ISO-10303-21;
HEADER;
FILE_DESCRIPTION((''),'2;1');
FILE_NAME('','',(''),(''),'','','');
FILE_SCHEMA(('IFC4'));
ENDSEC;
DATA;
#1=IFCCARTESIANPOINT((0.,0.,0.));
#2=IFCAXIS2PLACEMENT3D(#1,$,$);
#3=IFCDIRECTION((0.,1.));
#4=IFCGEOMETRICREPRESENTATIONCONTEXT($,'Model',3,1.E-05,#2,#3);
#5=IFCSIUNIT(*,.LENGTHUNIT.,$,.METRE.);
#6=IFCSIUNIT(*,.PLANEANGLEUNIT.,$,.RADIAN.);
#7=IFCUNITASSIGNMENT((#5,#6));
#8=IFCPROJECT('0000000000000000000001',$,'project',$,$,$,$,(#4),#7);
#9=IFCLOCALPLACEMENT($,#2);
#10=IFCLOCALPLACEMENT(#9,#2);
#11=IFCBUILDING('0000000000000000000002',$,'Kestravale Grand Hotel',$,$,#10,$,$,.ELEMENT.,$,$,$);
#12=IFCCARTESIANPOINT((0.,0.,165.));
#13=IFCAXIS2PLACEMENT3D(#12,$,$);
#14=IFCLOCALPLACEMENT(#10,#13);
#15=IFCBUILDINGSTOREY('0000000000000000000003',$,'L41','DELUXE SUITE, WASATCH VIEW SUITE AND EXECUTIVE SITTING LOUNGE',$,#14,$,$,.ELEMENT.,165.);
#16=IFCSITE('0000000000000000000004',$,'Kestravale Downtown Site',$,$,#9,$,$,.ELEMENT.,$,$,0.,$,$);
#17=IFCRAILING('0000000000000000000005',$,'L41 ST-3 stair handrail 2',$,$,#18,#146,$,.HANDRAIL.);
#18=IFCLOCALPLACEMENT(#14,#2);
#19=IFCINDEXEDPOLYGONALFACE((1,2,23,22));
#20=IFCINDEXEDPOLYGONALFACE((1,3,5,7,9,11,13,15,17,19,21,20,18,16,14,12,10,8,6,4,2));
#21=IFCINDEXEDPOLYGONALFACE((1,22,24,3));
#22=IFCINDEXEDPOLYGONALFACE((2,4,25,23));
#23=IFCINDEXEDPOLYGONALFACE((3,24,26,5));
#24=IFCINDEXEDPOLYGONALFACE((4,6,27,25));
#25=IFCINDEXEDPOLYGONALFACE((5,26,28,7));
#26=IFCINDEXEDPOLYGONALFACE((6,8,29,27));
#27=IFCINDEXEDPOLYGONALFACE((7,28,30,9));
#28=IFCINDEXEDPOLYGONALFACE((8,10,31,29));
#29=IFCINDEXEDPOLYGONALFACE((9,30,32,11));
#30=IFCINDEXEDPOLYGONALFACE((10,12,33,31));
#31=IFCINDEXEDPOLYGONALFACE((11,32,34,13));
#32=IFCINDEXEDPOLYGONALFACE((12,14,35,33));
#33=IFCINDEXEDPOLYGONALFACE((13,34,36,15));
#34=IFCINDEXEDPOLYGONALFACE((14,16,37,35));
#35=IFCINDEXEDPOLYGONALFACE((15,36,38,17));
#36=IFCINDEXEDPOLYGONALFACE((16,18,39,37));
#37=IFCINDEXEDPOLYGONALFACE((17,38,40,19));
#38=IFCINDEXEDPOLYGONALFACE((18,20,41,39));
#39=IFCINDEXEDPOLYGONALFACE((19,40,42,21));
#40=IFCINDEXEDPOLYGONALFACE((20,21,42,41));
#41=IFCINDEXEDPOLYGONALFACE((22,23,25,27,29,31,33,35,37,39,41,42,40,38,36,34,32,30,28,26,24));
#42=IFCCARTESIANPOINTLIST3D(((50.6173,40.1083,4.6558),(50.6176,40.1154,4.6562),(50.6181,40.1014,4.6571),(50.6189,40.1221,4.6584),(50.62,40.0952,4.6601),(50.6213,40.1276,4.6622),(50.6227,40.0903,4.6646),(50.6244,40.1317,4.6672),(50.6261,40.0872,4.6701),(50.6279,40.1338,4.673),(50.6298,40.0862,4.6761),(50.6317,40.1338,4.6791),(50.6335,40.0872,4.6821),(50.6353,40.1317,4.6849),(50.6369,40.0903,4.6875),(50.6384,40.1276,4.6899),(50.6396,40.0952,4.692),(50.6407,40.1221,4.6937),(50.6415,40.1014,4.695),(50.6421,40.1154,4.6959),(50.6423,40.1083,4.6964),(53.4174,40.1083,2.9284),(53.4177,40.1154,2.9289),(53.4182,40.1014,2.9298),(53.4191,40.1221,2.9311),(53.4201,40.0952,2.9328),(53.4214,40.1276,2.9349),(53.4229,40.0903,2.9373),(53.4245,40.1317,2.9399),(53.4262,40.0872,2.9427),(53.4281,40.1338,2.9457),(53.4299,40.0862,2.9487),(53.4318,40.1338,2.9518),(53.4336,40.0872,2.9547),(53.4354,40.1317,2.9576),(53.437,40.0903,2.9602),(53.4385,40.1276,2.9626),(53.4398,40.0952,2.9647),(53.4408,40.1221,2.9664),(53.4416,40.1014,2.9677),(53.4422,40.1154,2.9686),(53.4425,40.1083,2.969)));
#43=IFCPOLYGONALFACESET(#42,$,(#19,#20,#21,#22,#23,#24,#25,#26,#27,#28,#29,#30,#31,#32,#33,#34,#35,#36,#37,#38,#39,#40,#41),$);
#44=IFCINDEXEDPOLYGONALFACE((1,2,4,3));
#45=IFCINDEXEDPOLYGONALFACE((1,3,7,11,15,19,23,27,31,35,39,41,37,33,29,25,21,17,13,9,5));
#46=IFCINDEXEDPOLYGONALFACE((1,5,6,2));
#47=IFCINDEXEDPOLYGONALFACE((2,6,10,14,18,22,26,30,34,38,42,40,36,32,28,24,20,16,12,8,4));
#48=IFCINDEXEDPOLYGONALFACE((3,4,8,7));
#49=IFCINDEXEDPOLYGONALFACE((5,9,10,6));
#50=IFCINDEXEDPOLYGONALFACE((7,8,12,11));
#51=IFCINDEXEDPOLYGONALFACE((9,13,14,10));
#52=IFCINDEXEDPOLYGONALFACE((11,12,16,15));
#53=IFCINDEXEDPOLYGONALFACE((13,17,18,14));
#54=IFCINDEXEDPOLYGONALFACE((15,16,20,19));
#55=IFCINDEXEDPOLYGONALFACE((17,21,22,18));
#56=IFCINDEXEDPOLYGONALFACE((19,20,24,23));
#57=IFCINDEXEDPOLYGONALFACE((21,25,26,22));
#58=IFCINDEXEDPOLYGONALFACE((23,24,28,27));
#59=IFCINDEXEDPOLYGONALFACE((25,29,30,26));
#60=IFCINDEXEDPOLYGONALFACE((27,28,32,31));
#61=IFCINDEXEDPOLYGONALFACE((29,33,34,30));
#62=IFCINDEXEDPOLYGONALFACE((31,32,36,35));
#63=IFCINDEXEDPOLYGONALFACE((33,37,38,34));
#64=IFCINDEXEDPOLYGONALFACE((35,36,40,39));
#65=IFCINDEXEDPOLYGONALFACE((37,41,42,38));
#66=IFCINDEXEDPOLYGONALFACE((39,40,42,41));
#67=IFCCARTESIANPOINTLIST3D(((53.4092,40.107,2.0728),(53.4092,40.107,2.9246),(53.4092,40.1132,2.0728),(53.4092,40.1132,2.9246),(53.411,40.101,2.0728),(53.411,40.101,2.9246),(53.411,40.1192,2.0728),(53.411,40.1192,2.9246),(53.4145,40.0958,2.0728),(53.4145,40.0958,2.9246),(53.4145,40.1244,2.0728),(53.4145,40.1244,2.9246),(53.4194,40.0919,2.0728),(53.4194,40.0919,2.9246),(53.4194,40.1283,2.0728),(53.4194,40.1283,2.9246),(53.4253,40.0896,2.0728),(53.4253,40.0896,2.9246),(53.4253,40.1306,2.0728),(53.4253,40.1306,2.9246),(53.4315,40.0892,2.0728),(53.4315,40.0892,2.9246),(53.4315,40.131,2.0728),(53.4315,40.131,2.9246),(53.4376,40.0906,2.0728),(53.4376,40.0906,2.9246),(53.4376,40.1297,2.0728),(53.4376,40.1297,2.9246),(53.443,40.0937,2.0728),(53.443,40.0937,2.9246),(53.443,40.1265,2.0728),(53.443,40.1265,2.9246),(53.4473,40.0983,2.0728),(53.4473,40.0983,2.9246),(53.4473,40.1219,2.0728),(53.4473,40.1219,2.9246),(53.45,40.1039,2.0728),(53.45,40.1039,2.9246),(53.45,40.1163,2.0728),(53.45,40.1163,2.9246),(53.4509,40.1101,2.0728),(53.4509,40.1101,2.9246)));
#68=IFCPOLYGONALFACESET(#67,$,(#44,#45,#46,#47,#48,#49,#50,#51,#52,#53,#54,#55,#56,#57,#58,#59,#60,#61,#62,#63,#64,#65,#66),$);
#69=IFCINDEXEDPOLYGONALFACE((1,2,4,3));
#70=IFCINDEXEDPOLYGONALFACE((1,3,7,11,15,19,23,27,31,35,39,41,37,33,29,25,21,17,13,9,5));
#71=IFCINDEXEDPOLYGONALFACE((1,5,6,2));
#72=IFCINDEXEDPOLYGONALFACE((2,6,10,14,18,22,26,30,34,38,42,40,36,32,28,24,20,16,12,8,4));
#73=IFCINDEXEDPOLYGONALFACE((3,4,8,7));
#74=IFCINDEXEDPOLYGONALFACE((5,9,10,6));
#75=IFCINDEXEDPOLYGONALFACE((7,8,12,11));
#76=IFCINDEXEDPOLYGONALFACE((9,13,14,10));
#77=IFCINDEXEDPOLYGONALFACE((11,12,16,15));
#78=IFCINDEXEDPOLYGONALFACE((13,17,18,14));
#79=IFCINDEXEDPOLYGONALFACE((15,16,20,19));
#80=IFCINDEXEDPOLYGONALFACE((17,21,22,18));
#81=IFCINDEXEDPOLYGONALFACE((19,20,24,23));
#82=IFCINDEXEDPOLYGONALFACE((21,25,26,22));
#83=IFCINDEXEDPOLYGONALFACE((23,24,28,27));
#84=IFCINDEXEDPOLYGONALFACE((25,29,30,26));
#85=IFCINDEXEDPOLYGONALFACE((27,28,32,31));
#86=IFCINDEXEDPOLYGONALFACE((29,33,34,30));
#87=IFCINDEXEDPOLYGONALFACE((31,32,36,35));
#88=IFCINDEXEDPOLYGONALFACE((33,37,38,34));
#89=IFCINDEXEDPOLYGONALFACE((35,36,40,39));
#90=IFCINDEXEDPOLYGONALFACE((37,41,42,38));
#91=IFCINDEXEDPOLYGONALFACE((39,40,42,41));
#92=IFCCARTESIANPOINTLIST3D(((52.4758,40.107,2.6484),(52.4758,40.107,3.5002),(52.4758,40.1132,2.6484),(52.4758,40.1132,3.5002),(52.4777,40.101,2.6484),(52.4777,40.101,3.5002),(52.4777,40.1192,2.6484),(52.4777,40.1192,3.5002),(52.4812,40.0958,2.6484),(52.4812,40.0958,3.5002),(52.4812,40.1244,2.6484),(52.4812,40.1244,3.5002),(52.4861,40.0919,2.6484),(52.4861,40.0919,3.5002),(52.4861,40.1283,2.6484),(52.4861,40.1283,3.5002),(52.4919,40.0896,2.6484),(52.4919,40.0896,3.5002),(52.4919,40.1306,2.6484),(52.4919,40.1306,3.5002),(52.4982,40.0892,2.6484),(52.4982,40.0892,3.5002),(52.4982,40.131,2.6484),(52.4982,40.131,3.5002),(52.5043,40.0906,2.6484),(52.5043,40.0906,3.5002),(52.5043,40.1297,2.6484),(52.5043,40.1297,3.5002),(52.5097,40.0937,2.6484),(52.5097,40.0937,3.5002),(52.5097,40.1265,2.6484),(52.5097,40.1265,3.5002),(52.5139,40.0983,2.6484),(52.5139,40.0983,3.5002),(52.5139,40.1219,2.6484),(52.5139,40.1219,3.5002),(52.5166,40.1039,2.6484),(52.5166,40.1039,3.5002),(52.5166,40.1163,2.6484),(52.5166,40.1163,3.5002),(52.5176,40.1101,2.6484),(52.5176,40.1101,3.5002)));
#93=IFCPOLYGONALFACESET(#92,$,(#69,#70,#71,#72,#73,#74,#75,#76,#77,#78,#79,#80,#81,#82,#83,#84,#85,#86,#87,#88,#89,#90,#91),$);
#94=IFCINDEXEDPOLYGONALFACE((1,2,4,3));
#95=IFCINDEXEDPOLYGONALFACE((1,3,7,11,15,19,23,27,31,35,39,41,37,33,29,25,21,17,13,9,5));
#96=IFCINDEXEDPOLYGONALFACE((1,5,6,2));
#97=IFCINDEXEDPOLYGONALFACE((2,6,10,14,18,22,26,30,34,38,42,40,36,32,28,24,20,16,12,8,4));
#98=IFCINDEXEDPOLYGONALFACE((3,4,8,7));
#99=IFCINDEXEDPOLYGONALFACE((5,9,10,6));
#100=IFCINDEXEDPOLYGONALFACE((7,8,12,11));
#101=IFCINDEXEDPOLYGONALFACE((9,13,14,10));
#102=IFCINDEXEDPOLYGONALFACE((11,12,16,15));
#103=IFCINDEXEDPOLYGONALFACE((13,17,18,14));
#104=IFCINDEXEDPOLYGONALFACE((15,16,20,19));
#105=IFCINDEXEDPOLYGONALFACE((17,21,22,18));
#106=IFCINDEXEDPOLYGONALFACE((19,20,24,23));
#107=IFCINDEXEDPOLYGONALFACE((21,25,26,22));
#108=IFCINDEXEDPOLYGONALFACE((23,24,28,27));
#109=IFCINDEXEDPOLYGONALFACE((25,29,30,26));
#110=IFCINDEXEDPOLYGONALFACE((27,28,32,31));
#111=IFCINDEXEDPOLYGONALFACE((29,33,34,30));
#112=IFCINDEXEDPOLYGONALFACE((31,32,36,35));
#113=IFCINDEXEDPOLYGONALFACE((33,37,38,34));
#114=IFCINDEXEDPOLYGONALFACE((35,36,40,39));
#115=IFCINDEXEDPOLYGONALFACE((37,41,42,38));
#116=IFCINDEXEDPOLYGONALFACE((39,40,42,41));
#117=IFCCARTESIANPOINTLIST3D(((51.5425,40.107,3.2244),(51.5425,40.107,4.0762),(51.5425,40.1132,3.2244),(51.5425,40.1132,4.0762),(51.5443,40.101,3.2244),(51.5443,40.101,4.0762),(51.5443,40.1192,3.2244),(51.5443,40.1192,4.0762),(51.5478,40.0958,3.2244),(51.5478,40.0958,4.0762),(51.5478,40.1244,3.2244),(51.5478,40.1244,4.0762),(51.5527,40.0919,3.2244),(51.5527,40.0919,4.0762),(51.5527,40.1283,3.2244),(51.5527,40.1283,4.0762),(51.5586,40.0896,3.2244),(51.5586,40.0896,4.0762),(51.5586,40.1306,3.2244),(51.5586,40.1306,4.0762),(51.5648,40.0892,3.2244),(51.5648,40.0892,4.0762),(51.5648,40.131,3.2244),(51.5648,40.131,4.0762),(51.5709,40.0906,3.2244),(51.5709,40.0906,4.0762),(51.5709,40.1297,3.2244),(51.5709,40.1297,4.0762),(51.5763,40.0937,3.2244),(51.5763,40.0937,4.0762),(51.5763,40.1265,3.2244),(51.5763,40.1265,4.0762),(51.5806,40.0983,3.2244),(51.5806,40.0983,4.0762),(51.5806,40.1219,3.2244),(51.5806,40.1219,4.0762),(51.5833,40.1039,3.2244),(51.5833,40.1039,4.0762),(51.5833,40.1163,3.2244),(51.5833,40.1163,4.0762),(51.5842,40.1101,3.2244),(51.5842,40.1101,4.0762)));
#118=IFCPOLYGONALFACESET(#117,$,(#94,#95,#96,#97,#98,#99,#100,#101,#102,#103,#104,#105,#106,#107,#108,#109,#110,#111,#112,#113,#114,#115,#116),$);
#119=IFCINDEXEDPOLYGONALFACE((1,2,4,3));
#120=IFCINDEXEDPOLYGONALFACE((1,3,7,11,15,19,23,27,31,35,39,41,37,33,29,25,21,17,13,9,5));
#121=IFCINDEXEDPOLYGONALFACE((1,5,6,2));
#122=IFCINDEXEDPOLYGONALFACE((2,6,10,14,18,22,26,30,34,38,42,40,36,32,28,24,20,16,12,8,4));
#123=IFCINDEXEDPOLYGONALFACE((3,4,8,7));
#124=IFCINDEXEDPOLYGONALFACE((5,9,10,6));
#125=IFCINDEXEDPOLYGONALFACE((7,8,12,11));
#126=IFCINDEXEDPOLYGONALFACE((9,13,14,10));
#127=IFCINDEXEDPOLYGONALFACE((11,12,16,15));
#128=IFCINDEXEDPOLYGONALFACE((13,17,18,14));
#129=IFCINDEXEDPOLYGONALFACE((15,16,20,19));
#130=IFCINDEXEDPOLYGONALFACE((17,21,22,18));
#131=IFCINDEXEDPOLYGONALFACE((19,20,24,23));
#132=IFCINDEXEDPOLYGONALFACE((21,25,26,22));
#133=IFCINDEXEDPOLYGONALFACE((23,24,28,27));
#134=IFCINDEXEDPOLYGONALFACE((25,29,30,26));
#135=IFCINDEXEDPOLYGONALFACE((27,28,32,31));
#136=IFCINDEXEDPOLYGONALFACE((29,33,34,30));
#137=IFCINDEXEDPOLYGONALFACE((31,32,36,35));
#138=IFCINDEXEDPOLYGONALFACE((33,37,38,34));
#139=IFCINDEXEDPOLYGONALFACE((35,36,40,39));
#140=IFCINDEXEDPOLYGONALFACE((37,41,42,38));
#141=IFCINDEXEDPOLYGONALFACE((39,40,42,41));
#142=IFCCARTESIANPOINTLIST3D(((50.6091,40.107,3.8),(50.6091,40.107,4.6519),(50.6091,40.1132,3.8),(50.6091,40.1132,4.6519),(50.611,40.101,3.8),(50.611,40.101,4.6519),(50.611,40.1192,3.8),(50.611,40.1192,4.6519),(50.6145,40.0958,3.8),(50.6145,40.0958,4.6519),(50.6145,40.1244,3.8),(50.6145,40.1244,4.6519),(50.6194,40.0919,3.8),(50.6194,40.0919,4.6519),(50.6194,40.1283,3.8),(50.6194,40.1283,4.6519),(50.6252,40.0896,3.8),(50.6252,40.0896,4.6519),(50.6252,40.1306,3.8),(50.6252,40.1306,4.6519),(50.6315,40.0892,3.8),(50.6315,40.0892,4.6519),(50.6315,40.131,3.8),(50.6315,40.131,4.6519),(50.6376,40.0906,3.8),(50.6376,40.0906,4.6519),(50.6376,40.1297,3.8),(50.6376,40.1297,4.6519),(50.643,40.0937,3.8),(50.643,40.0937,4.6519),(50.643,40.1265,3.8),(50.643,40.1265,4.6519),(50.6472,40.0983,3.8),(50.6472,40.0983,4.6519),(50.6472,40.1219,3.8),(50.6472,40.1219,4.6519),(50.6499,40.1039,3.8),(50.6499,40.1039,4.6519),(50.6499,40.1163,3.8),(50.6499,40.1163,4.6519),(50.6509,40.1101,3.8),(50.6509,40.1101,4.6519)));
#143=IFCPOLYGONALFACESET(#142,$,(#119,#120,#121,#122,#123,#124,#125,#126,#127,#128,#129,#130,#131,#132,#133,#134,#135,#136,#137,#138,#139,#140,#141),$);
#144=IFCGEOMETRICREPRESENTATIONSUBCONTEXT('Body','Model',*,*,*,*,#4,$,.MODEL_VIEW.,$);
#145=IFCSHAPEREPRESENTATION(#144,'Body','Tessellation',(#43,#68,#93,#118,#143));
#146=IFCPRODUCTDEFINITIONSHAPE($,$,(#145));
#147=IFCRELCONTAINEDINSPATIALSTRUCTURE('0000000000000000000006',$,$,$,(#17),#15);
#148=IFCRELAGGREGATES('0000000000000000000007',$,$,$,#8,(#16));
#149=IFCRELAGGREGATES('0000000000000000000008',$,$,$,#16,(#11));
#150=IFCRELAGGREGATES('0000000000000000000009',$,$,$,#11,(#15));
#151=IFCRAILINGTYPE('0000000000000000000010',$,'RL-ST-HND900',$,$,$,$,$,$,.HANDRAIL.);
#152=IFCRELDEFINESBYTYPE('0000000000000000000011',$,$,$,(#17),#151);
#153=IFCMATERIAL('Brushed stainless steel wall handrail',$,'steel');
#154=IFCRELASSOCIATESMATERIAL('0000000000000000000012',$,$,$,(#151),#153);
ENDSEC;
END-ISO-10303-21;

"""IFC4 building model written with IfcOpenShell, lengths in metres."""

from ifc_helpers import new_model, si_unit, direction, frame, origin, origin_2d, place, context, subcontext, project, spatial, circle, extrude, material, type_object, element, save


model = new_model("IFC4")

# Units and contexts
model_context = context("Model", 3, precision=1e-05, world=origin(), true_north=direction((0.0, 1.0)))
body_context = subcontext(model_context, "Body", "Model", "MODEL_VIEW")
ifc_project = project(units=[si_unit("LENGTHUNIT", "METRE"), si_unit("PLANEANGLEUNIT", "RADIAN")], contexts=[model_context])

# Site, building, storey
site_placement = place(None, origin())
site = spatial("IfcSite", under=ifc_project, at=site_placement, Name="Kestravale Downtown Site", CompositionType="ELEMENT", RefElevation=0.0)
building_placement = place(site_placement, origin())
building = spatial("IfcBuilding", under=site, at=building_placement, Name="Kestravale Grand Hotel", CompositionType="ELEMENT")
storey_placement = place(building_placement, frame((0.0, 0.0, 165.0)))
storey = spatial("IfcBuildingStorey", under=building, at=storey_placement, Name="L41", Description="DELUXE SUITE, WASATCH VIEW SUITE AND EXECUTIVE SITTING LOUNGE", CompositionType="ELEMENT", Elevation=165.0)

# Railing
ifc_material_1 = material(Name="Brushed stainless steel wall handrail", Category="steel")
railing_type_1 = type_object("IfcRailingType", Name="RL-ST-HND900", PredefinedType="HANDRAIL", material=ifc_material_1)
railing_1_placement = place(storey_placement, frame((53.4299, 40.1101, 2.0728)))
element("IfcRailing", 1, at=railing_1_placement, inside=storey, type_object=railing_type_1, Name="L41 ST-3 stair handrail 2", PredefinedType="HANDRAIL", context=body_context, shape_type="SweptSolid", body=[
    extrude(circle(Radius=0.0239, at=origin_2d()), frame((0.0, 0.0, 0.876), z_axis=(-0.85109, 0.0, 0.52502), x_axis=(0.0, -1.0, 0.0)), (0.0, 0.0, 1.0), 3.29),
    extrude(circle(Radius=0.021, at=origin_2d()), origin(), (0.0, 0.0, 1.0), 0.8518),
    extrude(circle(Radius=0.021, at=origin_2d()), frame((-0.9333, 0.0, 0.5757)), (0.0, 0.0, 1.0), 0.8518),
    extrude(circle(Radius=0.021, at=origin_2d()), frame((-1.8667, 0.0, 1.1516)), (0.0, 0.0, 1.0), 0.8518),
    extrude(circle(Radius=0.021, at=origin_2d()), frame((-2.8, 0.0, 1.7273)), (0.0, 0.0, 1.0), 0.8518),
])

save(model, "model.ifc")
